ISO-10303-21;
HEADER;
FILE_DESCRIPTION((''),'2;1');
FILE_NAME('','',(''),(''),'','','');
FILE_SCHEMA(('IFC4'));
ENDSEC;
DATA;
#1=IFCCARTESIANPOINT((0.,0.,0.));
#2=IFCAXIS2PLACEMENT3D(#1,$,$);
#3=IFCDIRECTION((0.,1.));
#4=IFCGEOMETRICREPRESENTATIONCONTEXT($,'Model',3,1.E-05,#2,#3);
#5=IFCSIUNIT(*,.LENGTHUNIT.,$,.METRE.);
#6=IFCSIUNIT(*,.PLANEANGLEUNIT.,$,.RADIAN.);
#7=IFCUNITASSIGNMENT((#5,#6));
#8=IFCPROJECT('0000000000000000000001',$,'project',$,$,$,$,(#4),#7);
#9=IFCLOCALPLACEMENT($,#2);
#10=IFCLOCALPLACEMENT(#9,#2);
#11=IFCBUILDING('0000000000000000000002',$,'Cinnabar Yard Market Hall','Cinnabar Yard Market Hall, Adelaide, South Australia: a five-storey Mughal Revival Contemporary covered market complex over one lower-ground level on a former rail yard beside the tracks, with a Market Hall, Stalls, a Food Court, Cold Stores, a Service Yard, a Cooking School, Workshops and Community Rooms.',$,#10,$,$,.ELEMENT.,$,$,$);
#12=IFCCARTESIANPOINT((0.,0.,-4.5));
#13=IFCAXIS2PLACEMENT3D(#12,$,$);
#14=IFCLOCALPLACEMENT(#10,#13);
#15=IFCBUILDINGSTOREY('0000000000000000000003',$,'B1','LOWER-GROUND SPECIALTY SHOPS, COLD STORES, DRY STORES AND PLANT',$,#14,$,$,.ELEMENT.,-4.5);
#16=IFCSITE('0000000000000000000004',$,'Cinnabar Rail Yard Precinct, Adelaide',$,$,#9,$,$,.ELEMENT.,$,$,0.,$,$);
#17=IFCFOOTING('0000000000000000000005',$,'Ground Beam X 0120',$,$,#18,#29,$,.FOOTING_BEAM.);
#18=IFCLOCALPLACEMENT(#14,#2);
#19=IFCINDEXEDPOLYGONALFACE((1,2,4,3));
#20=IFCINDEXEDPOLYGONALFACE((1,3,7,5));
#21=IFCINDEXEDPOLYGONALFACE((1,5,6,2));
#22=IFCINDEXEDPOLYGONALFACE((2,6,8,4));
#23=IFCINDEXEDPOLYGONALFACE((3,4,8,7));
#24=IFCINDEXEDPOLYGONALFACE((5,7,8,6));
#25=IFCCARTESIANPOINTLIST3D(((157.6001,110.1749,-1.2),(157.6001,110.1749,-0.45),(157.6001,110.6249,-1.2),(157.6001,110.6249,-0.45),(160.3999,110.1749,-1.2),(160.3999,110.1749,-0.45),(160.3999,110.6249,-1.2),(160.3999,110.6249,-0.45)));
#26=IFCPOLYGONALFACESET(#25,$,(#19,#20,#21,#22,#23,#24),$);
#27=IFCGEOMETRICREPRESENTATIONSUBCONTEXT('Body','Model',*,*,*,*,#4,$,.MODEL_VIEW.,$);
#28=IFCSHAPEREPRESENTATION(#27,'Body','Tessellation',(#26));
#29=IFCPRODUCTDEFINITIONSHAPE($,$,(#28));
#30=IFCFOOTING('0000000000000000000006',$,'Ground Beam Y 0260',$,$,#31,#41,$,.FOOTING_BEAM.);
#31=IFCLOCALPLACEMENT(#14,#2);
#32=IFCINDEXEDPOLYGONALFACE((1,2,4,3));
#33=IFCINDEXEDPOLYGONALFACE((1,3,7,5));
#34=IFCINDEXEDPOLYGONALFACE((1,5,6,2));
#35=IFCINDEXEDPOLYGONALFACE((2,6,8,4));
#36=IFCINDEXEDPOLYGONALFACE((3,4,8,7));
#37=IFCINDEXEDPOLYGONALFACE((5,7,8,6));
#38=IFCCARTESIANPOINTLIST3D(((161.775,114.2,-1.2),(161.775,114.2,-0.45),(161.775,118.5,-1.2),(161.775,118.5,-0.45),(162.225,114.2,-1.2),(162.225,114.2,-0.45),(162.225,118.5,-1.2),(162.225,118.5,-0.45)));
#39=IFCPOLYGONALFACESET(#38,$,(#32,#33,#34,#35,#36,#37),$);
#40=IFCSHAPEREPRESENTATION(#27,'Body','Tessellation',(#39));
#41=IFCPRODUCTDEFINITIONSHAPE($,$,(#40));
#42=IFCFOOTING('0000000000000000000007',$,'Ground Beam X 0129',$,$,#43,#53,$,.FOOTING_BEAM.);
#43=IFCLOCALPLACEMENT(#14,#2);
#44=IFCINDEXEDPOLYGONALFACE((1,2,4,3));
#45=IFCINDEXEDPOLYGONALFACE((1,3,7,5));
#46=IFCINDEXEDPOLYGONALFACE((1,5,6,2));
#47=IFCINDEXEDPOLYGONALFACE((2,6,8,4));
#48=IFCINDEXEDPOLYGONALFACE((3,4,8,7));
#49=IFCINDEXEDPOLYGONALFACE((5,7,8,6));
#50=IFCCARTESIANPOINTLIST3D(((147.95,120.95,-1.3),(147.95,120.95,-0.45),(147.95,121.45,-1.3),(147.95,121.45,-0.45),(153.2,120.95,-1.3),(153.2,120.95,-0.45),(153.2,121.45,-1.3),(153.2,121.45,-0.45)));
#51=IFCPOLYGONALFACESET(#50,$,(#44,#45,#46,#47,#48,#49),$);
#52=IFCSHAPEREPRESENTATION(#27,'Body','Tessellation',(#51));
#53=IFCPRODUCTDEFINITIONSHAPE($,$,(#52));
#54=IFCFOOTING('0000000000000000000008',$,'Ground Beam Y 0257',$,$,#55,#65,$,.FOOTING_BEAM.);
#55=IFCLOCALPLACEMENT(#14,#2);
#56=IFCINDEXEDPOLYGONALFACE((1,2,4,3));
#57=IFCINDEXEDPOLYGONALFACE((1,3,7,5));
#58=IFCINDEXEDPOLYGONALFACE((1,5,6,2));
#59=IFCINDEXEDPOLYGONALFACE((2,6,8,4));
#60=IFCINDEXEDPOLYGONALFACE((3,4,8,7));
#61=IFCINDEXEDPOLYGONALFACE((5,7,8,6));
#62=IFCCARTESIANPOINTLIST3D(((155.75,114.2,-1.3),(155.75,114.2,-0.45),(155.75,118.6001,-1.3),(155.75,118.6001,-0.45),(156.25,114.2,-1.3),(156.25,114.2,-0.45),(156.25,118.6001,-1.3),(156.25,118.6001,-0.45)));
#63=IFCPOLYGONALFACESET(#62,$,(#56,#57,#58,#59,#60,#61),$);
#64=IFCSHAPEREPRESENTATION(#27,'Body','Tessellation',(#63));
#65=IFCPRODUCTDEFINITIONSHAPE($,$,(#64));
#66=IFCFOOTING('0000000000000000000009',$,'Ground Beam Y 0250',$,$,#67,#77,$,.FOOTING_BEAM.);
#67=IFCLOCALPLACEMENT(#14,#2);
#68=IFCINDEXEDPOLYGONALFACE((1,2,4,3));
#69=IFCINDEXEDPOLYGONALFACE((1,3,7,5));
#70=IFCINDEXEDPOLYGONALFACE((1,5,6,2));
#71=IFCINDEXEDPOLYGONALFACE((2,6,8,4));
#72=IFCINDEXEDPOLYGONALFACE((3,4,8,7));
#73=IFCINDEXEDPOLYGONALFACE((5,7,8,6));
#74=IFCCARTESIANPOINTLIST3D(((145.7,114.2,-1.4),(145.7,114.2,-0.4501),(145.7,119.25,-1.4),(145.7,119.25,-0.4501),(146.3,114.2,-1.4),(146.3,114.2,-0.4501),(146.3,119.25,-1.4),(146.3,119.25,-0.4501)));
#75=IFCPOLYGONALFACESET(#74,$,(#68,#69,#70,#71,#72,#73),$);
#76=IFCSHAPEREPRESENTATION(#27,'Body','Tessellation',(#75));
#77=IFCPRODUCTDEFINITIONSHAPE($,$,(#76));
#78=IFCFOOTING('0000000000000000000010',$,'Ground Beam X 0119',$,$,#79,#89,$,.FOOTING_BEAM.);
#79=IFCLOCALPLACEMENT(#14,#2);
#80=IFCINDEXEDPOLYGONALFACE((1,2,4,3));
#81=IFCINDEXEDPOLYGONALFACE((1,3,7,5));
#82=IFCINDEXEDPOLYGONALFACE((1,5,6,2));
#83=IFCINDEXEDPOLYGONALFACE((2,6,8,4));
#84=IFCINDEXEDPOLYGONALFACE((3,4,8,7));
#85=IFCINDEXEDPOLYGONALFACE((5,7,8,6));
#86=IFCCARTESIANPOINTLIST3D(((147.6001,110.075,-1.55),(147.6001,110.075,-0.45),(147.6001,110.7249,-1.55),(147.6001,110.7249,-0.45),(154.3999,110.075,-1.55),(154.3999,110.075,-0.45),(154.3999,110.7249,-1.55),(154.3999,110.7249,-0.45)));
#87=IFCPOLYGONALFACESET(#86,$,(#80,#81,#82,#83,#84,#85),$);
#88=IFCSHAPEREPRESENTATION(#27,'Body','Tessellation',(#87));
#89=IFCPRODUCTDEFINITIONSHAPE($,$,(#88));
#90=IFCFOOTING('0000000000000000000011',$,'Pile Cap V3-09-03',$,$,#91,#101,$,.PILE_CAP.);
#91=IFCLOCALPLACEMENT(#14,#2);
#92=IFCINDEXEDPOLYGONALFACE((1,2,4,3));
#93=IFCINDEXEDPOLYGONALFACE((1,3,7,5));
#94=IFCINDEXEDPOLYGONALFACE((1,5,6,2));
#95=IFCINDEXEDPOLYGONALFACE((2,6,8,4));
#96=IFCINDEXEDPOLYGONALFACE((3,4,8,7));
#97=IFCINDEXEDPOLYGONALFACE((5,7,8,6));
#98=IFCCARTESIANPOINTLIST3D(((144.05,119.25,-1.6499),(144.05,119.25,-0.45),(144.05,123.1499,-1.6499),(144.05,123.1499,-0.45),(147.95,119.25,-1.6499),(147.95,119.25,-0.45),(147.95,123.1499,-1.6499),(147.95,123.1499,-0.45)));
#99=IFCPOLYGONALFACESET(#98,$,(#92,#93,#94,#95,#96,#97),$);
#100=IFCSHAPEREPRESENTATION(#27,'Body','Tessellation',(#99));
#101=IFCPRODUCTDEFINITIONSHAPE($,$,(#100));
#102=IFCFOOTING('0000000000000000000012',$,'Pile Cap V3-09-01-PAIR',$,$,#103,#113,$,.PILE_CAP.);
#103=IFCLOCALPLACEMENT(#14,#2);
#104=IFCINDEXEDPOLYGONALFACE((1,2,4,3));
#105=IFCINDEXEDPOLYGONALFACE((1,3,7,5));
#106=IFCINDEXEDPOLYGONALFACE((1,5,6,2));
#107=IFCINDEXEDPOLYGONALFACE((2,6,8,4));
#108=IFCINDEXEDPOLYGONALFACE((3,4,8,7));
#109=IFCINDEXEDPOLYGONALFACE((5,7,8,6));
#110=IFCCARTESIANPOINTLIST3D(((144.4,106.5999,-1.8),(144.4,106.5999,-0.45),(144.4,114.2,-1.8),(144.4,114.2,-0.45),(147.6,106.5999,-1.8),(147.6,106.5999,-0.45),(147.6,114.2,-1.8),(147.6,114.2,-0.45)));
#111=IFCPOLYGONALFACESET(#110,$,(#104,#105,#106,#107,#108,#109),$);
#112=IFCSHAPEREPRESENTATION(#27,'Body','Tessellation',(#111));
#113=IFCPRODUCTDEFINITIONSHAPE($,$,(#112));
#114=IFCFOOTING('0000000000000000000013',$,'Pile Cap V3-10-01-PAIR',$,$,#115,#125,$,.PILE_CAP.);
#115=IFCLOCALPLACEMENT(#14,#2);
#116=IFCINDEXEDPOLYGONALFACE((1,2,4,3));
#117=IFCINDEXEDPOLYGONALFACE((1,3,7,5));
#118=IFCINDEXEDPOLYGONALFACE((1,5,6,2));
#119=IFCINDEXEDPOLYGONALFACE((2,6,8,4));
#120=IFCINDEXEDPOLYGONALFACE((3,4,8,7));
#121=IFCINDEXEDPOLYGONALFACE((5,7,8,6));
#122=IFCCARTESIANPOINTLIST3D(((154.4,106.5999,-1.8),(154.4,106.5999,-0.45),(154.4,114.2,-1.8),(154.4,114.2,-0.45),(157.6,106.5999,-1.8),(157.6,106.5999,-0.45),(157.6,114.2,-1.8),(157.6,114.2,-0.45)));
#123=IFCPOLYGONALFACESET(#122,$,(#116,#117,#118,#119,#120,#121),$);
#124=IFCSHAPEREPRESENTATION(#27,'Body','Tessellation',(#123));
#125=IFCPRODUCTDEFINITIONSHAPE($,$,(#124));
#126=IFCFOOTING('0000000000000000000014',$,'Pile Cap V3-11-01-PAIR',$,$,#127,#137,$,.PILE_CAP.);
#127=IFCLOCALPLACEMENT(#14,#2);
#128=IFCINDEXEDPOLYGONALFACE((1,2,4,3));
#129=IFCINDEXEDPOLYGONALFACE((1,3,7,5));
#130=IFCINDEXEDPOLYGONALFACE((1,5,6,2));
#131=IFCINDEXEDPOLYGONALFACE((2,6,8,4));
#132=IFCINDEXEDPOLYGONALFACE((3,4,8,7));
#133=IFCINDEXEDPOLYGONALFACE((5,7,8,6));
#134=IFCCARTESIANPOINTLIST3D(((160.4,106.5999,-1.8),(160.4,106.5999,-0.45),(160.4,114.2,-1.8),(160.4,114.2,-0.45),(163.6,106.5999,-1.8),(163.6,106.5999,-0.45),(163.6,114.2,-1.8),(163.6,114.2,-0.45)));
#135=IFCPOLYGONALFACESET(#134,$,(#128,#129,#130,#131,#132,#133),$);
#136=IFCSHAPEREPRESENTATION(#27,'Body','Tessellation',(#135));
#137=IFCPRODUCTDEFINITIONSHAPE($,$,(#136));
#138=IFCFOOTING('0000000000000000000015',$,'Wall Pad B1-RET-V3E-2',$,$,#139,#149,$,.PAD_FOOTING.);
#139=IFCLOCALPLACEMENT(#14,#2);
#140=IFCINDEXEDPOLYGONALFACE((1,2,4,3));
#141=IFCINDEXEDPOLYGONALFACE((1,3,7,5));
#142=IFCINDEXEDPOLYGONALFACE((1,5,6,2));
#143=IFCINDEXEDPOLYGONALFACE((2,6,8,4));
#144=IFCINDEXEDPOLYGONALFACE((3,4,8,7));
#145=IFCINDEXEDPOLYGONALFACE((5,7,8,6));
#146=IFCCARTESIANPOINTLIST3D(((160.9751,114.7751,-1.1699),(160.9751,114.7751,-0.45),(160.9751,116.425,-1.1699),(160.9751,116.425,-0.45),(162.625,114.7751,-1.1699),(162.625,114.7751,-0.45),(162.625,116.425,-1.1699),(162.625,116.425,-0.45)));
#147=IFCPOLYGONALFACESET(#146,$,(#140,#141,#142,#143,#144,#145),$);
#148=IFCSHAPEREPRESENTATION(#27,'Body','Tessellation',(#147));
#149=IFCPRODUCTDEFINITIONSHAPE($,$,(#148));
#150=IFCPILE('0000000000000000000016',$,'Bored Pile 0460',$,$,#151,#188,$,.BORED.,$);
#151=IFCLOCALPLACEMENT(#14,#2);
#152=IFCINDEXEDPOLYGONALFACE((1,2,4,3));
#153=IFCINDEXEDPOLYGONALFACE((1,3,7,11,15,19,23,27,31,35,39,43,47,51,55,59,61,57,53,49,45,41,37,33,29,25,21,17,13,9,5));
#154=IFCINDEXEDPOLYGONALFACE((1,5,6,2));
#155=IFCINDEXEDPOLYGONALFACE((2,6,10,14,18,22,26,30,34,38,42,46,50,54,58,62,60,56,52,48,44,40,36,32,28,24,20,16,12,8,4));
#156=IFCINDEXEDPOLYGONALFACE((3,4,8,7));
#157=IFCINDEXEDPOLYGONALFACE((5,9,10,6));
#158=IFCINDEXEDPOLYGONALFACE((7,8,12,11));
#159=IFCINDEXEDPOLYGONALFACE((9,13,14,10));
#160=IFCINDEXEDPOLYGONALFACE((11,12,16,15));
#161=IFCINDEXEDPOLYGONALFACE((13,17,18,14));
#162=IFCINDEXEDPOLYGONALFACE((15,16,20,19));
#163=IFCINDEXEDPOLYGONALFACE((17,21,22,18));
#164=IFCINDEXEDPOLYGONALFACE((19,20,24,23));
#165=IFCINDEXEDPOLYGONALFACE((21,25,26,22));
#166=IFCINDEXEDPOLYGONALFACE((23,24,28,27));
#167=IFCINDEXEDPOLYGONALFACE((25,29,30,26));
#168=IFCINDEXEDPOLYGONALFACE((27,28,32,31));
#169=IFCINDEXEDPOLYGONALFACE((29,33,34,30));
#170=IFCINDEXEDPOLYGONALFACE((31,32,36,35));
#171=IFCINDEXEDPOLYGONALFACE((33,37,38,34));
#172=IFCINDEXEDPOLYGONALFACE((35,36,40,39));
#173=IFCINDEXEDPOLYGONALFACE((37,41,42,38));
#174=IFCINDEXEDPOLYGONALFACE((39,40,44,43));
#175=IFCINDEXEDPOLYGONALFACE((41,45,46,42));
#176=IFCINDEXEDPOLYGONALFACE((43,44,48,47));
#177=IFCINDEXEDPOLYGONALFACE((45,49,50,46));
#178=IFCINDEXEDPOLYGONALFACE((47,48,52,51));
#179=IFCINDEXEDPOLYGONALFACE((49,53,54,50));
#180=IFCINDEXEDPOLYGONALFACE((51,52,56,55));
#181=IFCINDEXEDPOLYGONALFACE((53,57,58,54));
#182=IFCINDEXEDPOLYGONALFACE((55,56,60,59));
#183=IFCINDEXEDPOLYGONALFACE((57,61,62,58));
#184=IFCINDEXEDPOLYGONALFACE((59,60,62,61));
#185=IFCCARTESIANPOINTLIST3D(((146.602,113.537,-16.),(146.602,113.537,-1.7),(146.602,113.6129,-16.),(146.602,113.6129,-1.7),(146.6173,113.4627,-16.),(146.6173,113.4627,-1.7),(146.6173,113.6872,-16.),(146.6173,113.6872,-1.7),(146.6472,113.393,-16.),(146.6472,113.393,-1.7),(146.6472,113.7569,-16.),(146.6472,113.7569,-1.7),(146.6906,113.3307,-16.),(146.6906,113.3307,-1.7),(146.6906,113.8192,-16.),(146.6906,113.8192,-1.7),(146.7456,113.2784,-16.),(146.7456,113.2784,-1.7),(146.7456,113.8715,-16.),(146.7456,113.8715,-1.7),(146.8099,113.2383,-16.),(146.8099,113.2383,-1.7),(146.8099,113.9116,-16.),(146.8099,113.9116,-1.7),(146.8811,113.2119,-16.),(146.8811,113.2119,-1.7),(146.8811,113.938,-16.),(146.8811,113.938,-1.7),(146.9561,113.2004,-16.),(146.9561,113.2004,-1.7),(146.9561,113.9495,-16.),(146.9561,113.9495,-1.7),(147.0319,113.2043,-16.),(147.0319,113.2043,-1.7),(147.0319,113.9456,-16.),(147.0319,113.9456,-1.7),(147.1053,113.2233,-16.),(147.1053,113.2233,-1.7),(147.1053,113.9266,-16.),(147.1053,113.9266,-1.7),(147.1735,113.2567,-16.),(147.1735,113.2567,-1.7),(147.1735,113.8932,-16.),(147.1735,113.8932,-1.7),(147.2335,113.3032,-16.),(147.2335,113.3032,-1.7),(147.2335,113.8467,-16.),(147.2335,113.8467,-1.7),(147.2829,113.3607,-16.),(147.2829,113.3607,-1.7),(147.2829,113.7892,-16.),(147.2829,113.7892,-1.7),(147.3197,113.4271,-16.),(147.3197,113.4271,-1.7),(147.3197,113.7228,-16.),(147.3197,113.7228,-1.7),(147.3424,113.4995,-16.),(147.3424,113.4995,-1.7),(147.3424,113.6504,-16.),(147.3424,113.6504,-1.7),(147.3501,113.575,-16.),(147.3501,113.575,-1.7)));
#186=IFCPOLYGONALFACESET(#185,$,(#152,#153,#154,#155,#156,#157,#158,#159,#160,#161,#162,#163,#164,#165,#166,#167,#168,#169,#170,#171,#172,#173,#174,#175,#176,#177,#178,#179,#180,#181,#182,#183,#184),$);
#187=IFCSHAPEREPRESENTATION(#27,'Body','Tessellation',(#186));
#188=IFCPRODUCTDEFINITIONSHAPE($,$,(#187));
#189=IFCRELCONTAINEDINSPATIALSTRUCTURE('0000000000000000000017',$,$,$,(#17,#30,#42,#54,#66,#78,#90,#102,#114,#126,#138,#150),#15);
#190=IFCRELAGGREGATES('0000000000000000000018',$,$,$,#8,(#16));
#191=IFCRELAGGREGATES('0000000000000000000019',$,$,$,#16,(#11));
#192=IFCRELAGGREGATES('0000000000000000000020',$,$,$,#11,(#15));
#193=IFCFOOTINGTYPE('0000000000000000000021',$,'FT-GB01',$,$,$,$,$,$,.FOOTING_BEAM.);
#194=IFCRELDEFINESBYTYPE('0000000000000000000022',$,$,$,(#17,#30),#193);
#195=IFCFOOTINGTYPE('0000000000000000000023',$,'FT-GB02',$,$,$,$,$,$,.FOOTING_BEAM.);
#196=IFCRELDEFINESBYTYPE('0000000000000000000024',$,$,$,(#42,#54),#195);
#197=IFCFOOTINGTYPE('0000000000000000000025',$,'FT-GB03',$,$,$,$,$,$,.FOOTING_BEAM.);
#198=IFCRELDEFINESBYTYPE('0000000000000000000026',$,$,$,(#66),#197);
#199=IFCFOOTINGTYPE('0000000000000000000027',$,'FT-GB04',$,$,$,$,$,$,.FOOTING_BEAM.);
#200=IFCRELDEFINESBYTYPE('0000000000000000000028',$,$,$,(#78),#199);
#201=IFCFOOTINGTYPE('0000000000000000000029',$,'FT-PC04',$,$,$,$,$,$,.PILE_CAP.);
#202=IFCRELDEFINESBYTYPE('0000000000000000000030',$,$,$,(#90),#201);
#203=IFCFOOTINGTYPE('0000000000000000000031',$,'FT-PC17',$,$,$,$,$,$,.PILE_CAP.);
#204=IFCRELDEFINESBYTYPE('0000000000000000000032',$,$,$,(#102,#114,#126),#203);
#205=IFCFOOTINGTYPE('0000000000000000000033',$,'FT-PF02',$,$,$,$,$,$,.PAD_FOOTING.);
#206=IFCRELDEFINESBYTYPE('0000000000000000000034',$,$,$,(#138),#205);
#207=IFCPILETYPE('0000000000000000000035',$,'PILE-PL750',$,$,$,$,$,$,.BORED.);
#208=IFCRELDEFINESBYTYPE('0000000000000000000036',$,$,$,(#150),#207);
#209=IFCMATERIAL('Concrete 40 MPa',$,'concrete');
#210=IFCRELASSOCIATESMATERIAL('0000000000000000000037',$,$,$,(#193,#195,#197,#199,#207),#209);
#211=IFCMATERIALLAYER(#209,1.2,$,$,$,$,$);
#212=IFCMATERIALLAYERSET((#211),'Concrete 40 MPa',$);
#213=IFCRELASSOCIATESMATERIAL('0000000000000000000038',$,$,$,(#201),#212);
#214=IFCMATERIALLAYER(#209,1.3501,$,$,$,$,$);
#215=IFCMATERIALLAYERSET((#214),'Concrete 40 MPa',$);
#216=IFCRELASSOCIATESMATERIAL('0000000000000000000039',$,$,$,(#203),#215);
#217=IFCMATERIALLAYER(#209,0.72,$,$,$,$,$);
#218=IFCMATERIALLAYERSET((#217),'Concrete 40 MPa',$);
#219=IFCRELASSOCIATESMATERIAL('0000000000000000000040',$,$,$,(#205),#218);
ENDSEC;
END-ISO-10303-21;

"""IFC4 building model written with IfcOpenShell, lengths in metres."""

from ifc_helpers import new_model, si_unit, direction, frame, origin, origin_2d_with_axis, place, context, subcontext, project, spatial, rectangle, circle, extrude, material, layer, layer_set, material_profile, profile_set, type_object, element, save


model = new_model("IFC4")

# Units and contexts
model_context = context("Model", 3, precision=1e-05, world=origin(), true_north=direction((0.0, 1.0)))
body_context = subcontext(model_context, "Body", "Model", "MODEL_VIEW")
ifc_project = project(units=[si_unit("LENGTHUNIT", "METRE"), si_unit("PLANEANGLEUNIT", "RADIAN")], contexts=[model_context])

# Site, building, storey
site_placement = place(None, origin())
site = spatial("IfcSite", under=ifc_project, at=site_placement, Name="Cinnabar Rail Yard Precinct, Adelaide", CompositionType="ELEMENT", RefElevation=0.0)
building_placement = place(site_placement, origin())
building = spatial("IfcBuilding", under=site, at=building_placement, Name="Cinnabar Yard Market Hall", Description="Cinnabar Yard Market Hall, Adelaide, South Australia: a five-storey Mughal Revival Contemporary covered market complex over one lower-ground level on a former rail yard beside the tracks, with a Market Hall, Stalls, a Food Court, Cold Stores, a Service Yard, a Cooking School, Workshops and Community Rooms.", CompositionType="ELEMENT")
storey_placement = place(building_placement, frame((0.0, 0.0, -4.5)))
storey = spatial("IfcBuildingStorey", under=building, at=storey_placement, Name="B1", Description="LOWER-GROUND SPECIALTY SHOPS, COLD STORES, DRY STORES AND PLANT", CompositionType="ELEMENT", Elevation=-4.5)

# Footings
ifc_material_1 = material(Name="Concrete 40 MPa", Category="concrete")
ifc_material_profile_1 = material_profile(ifc_material_1, rectangle(XDim=0.45, YDim=0.75, at=origin_2d_with_axis()), Name="GB-450x750")
ifc_profile_set_1 = profile_set([ifc_material_profile_1], Name="Concrete 40 MPa")
footing_type_1 = type_object("IfcFootingType", Name="FT-GB01", PredefinedType="FOOTING_BEAM", material=ifc_profile_set_1)
footing_1_placement = place(storey_placement, frame((157.6001, 110.3999, -0.825), z_axis=(1.0, 0.0, 0.0), x_axis=(0.0, 1.0, 0.0)))
element("IfcFooting", 1, at=footing_1_placement, inside=storey, type_object=footing_type_1, Name="Ground Beam X 0120", PredefinedType="FOOTING_BEAM", context=body_context, shape_type="SweptSolid", body=[
    extrude(rectangle(XDim=0.45, YDim=0.75, at=origin_2d_with_axis()), origin(), (0.0, 0.0, 1.0), 2.7998),
])
footing_2_placement = place(storey_placement, frame((162.0, 114.2, -0.825), z_axis=(0.0, 1.0, 0.0), x_axis=(-1.0, 0.0, 0.0)))
element("IfcFooting", 2, at=footing_2_placement, inside=storey, type_object=footing_type_1, Name="Ground Beam Y 0260", PredefinedType="FOOTING_BEAM", context=body_context, shape_type="SweptSolid", body=[
    extrude(rectangle(XDim=0.45, YDim=0.75, at=origin_2d_with_axis()), origin(), (0.0, 0.0, 1.0), 4.3),
])
ifc_material_profile_2 = material_profile(ifc_material_1, rectangle(XDim=0.5, YDim=0.8501, at=origin_2d_with_axis()), Name="GB-500x850")
ifc_profile_set_2 = profile_set([ifc_material_profile_2], Name="Concrete 40 MPa")
footing_type_2 = type_object("IfcFootingType", Name="FT-GB02", PredefinedType="FOOTING_BEAM", material=ifc_profile_set_2)
footing_3_placement = place(storey_placement, frame((147.95, 121.2, -0.875), z_axis=(1.0, 0.0, 0.0), x_axis=(0.0, 1.0, 0.0)))
element("IfcFooting", 3, at=footing_3_placement, inside=storey, type_object=footing_type_2, Name="Ground Beam X 0129", PredefinedType="FOOTING_BEAM", context=body_context, shape_type="SweptSolid", body=[
    extrude(rectangle(XDim=0.5, YDim=0.8501, at=origin_2d_with_axis()), origin(), (0.0, 0.0, 1.0), 5.25),
])
footing_4_placement = place(storey_placement, frame((156.0, 114.2, -0.875), z_axis=(0.0, 1.0, 0.0), x_axis=(-1.0, 0.0, 0.0)))
element("IfcFooting", 4, at=footing_4_placement, inside=storey, type_object=footing_type_2, Name="Ground Beam Y 0257", PredefinedType="FOOTING_BEAM", context=body_context, shape_type="SweptSolid", body=[
    extrude(rectangle(XDim=0.5, YDim=0.8501, at=origin_2d_with_axis()), origin(), (0.0, 0.0, 1.0), 4.4001),
])
ifc_material_profile_3 = material_profile(ifc_material_1, rectangle(XDim=0.6001, YDim=0.95, at=origin_2d_with_axis()), Name="GB-600x950")
ifc_profile_set_3 = profile_set([ifc_material_profile_3], Name="Concrete 40 MPa")
footing_type_3 = type_object("IfcFootingType", Name="FT-GB03", PredefinedType="FOOTING_BEAM", material=ifc_profile_set_3)
footing_5_placement = place(storey_placement, frame((146.0, 114.2, -0.925), z_axis=(0.0, 1.0, 0.0), x_axis=(-1.0, 0.0, 0.0)))
element("IfcFooting", 5, at=footing_5_placement, inside=storey, type_object=footing_type_3, Name="Ground Beam Y 0250", PredefinedType="FOOTING_BEAM", context=body_context, shape_type="SweptSolid", body=[
    extrude(rectangle(XDim=0.6001, YDim=0.95, at=origin_2d_with_axis()), origin(), (0.0, 0.0, 1.0), 5.05),
])
ifc_material_profile_4 = material_profile(ifc_material_1, rectangle(XDim=0.6499, YDim=1.1001, at=origin_2d_with_axis()), Name="GB-650x1100")
ifc_profile_set_4 = profile_set([ifc_material_profile_4], Name="Concrete 40 MPa")
footing_type_4 = type_object("IfcFootingType", Name="FT-GB04", PredefinedType="FOOTING_BEAM", material=ifc_profile_set_4)
footing_6_placement = place(storey_placement, frame((147.6001, 110.3999, -1.0), z_axis=(1.0, 0.0, 0.0), x_axis=(0.0, 1.0, 0.0)))
element("IfcFooting", 6, at=footing_6_placement, inside=storey, type_object=footing_type_4, Name="Ground Beam X 0119", PredefinedType="FOOTING_BEAM", context=body_context, shape_type="SweptSolid", body=[
    extrude(rectangle(XDim=0.6499, YDim=1.1001, at=origin_2d_with_axis()), origin(), (0.0, 0.0, 1.0), 6.7998),
])
ifc_layer_1 = layer(ifc_material_1, 1.2)
ifc_layer_set_1 = layer_set([ifc_layer_1], Name="Concrete 40 MPa")
footing_type_5 = type_object("IfcFootingType", Name="FT-PC04", PredefinedType="PILE_CAP", material=ifc_layer_set_1)
footing_7_placement = place(storey_placement, frame((146.0, 121.2, -1.6499), z_axis=(0.0, 0.0, 1.0), x_axis=(1.0, 0.0, 0.0)))
element("IfcFooting", 7, at=footing_7_placement, inside=storey, type_object=footing_type_5, Name="Pile Cap V3-09-03", PredefinedType="PILE_CAP", context=body_context, shape_type="SweptSolid", body=[
    extrude(rectangle(XDim=3.8999, YDim=3.8999, at=origin_2d_with_axis()), origin(), (0.0, 0.0, 1.0), 1.2),
])
ifc_layer_2 = layer(ifc_material_1, 1.3501)
ifc_layer_set_2 = layer_set([ifc_layer_2], Name="Concrete 40 MPa")
footing_type_6 = type_object("IfcFootingType", Name="FT-PC17", PredefinedType="PILE_CAP", material=ifc_layer_set_2)
for number, where, z_axis, x_axis, name in (
    (8, (146.0, 110.3999, -1.8), (0.0, 0.0, 1.0), (1.0, 0.0, 0.0), "Pile Cap V3-09-01-PAIR"),
    (9, (156.0, 110.3999, -1.8), (0.0, 0.0, 1.0), (1.0, 0.0, 0.0), "Pile Cap V3-10-01-PAIR"),
    (10, (162.0, 110.3999, -1.8), (0.0, 0.0, 1.0), (1.0, 0.0, 0.0), "Pile Cap V3-11-01-PAIR"),
):
    element("IfcFooting", number, at=place(storey_placement, frame(where, z_axis=z_axis, x_axis=x_axis)), inside=storey, type_object=footing_type_6, Name=name, PredefinedType="PILE_CAP", context=body_context, shape_type="SweptSolid", body=[
        extrude(rectangle(XDim=3.2, YDim=7.6001, at=origin_2d_with_axis()), origin(), (0.0, 0.0, 1.0), 1.3501),
    ])
ifc_layer_3 = layer(ifc_material_1, 0.72)
ifc_layer_set_3 = layer_set([ifc_layer_3], Name="Concrete 40 MPa")
footing_type_7 = type_object("IfcFootingType", Name="FT-PF02", PredefinedType="PAD_FOOTING", material=ifc_layer_set_3)
footing_8_placement = place(storey_placement, frame((161.8, 115.6001, -1.1699), z_axis=(0.0, 0.0, 1.0), x_axis=(1.0, 0.0, 0.0)))
element("IfcFooting", 11, at=footing_8_placement, inside=storey, type_object=footing_type_7, Name="Wall Pad B1-RET-V3E-2", PredefinedType="PAD_FOOTING", context=body_context, shape_type="SweptSolid", body=[
    extrude(rectangle(XDim=1.6499, YDim=1.6499, at=origin_2d_with_axis()), origin(), (0.0, 0.0, 1.0), 0.72),
])

# Pile
ifc_material_profile_5 = material_profile(ifc_material_1, circle(Radius=0.375, at=origin_2d_with_axis()), Name="PILE-D750")
ifc_profile_set_5 = profile_set([ifc_material_profile_5], Name="Concrete 40 MPa")
pile_type_1 = type_object("IfcPileType", Name="PILE-PL750", PredefinedType="BORED", material=ifc_profile_set_5)
for number, where, z_axis, x_axis, name in (
    (12, (146.9751, 113.575, -1.7), (0.0, 0.0, -1.0), (1.0, 0.0, 0.0), "Bored Pile 0460"),
):
    element("IfcPile", number, at=place(storey_placement, frame(where, z_axis=z_axis, x_axis=x_axis)), inside=storey, type_object=pile_type_1, Name=name, PredefinedType="BORED", context=body_context, shape_type="SweptSolid", body=[
        extrude(circle(Radius=0.375, at=origin_2d_with_axis()), origin(), (0.0, 0.0, 1.0), 14.3),
    ])

save(model, "model.ifc")
